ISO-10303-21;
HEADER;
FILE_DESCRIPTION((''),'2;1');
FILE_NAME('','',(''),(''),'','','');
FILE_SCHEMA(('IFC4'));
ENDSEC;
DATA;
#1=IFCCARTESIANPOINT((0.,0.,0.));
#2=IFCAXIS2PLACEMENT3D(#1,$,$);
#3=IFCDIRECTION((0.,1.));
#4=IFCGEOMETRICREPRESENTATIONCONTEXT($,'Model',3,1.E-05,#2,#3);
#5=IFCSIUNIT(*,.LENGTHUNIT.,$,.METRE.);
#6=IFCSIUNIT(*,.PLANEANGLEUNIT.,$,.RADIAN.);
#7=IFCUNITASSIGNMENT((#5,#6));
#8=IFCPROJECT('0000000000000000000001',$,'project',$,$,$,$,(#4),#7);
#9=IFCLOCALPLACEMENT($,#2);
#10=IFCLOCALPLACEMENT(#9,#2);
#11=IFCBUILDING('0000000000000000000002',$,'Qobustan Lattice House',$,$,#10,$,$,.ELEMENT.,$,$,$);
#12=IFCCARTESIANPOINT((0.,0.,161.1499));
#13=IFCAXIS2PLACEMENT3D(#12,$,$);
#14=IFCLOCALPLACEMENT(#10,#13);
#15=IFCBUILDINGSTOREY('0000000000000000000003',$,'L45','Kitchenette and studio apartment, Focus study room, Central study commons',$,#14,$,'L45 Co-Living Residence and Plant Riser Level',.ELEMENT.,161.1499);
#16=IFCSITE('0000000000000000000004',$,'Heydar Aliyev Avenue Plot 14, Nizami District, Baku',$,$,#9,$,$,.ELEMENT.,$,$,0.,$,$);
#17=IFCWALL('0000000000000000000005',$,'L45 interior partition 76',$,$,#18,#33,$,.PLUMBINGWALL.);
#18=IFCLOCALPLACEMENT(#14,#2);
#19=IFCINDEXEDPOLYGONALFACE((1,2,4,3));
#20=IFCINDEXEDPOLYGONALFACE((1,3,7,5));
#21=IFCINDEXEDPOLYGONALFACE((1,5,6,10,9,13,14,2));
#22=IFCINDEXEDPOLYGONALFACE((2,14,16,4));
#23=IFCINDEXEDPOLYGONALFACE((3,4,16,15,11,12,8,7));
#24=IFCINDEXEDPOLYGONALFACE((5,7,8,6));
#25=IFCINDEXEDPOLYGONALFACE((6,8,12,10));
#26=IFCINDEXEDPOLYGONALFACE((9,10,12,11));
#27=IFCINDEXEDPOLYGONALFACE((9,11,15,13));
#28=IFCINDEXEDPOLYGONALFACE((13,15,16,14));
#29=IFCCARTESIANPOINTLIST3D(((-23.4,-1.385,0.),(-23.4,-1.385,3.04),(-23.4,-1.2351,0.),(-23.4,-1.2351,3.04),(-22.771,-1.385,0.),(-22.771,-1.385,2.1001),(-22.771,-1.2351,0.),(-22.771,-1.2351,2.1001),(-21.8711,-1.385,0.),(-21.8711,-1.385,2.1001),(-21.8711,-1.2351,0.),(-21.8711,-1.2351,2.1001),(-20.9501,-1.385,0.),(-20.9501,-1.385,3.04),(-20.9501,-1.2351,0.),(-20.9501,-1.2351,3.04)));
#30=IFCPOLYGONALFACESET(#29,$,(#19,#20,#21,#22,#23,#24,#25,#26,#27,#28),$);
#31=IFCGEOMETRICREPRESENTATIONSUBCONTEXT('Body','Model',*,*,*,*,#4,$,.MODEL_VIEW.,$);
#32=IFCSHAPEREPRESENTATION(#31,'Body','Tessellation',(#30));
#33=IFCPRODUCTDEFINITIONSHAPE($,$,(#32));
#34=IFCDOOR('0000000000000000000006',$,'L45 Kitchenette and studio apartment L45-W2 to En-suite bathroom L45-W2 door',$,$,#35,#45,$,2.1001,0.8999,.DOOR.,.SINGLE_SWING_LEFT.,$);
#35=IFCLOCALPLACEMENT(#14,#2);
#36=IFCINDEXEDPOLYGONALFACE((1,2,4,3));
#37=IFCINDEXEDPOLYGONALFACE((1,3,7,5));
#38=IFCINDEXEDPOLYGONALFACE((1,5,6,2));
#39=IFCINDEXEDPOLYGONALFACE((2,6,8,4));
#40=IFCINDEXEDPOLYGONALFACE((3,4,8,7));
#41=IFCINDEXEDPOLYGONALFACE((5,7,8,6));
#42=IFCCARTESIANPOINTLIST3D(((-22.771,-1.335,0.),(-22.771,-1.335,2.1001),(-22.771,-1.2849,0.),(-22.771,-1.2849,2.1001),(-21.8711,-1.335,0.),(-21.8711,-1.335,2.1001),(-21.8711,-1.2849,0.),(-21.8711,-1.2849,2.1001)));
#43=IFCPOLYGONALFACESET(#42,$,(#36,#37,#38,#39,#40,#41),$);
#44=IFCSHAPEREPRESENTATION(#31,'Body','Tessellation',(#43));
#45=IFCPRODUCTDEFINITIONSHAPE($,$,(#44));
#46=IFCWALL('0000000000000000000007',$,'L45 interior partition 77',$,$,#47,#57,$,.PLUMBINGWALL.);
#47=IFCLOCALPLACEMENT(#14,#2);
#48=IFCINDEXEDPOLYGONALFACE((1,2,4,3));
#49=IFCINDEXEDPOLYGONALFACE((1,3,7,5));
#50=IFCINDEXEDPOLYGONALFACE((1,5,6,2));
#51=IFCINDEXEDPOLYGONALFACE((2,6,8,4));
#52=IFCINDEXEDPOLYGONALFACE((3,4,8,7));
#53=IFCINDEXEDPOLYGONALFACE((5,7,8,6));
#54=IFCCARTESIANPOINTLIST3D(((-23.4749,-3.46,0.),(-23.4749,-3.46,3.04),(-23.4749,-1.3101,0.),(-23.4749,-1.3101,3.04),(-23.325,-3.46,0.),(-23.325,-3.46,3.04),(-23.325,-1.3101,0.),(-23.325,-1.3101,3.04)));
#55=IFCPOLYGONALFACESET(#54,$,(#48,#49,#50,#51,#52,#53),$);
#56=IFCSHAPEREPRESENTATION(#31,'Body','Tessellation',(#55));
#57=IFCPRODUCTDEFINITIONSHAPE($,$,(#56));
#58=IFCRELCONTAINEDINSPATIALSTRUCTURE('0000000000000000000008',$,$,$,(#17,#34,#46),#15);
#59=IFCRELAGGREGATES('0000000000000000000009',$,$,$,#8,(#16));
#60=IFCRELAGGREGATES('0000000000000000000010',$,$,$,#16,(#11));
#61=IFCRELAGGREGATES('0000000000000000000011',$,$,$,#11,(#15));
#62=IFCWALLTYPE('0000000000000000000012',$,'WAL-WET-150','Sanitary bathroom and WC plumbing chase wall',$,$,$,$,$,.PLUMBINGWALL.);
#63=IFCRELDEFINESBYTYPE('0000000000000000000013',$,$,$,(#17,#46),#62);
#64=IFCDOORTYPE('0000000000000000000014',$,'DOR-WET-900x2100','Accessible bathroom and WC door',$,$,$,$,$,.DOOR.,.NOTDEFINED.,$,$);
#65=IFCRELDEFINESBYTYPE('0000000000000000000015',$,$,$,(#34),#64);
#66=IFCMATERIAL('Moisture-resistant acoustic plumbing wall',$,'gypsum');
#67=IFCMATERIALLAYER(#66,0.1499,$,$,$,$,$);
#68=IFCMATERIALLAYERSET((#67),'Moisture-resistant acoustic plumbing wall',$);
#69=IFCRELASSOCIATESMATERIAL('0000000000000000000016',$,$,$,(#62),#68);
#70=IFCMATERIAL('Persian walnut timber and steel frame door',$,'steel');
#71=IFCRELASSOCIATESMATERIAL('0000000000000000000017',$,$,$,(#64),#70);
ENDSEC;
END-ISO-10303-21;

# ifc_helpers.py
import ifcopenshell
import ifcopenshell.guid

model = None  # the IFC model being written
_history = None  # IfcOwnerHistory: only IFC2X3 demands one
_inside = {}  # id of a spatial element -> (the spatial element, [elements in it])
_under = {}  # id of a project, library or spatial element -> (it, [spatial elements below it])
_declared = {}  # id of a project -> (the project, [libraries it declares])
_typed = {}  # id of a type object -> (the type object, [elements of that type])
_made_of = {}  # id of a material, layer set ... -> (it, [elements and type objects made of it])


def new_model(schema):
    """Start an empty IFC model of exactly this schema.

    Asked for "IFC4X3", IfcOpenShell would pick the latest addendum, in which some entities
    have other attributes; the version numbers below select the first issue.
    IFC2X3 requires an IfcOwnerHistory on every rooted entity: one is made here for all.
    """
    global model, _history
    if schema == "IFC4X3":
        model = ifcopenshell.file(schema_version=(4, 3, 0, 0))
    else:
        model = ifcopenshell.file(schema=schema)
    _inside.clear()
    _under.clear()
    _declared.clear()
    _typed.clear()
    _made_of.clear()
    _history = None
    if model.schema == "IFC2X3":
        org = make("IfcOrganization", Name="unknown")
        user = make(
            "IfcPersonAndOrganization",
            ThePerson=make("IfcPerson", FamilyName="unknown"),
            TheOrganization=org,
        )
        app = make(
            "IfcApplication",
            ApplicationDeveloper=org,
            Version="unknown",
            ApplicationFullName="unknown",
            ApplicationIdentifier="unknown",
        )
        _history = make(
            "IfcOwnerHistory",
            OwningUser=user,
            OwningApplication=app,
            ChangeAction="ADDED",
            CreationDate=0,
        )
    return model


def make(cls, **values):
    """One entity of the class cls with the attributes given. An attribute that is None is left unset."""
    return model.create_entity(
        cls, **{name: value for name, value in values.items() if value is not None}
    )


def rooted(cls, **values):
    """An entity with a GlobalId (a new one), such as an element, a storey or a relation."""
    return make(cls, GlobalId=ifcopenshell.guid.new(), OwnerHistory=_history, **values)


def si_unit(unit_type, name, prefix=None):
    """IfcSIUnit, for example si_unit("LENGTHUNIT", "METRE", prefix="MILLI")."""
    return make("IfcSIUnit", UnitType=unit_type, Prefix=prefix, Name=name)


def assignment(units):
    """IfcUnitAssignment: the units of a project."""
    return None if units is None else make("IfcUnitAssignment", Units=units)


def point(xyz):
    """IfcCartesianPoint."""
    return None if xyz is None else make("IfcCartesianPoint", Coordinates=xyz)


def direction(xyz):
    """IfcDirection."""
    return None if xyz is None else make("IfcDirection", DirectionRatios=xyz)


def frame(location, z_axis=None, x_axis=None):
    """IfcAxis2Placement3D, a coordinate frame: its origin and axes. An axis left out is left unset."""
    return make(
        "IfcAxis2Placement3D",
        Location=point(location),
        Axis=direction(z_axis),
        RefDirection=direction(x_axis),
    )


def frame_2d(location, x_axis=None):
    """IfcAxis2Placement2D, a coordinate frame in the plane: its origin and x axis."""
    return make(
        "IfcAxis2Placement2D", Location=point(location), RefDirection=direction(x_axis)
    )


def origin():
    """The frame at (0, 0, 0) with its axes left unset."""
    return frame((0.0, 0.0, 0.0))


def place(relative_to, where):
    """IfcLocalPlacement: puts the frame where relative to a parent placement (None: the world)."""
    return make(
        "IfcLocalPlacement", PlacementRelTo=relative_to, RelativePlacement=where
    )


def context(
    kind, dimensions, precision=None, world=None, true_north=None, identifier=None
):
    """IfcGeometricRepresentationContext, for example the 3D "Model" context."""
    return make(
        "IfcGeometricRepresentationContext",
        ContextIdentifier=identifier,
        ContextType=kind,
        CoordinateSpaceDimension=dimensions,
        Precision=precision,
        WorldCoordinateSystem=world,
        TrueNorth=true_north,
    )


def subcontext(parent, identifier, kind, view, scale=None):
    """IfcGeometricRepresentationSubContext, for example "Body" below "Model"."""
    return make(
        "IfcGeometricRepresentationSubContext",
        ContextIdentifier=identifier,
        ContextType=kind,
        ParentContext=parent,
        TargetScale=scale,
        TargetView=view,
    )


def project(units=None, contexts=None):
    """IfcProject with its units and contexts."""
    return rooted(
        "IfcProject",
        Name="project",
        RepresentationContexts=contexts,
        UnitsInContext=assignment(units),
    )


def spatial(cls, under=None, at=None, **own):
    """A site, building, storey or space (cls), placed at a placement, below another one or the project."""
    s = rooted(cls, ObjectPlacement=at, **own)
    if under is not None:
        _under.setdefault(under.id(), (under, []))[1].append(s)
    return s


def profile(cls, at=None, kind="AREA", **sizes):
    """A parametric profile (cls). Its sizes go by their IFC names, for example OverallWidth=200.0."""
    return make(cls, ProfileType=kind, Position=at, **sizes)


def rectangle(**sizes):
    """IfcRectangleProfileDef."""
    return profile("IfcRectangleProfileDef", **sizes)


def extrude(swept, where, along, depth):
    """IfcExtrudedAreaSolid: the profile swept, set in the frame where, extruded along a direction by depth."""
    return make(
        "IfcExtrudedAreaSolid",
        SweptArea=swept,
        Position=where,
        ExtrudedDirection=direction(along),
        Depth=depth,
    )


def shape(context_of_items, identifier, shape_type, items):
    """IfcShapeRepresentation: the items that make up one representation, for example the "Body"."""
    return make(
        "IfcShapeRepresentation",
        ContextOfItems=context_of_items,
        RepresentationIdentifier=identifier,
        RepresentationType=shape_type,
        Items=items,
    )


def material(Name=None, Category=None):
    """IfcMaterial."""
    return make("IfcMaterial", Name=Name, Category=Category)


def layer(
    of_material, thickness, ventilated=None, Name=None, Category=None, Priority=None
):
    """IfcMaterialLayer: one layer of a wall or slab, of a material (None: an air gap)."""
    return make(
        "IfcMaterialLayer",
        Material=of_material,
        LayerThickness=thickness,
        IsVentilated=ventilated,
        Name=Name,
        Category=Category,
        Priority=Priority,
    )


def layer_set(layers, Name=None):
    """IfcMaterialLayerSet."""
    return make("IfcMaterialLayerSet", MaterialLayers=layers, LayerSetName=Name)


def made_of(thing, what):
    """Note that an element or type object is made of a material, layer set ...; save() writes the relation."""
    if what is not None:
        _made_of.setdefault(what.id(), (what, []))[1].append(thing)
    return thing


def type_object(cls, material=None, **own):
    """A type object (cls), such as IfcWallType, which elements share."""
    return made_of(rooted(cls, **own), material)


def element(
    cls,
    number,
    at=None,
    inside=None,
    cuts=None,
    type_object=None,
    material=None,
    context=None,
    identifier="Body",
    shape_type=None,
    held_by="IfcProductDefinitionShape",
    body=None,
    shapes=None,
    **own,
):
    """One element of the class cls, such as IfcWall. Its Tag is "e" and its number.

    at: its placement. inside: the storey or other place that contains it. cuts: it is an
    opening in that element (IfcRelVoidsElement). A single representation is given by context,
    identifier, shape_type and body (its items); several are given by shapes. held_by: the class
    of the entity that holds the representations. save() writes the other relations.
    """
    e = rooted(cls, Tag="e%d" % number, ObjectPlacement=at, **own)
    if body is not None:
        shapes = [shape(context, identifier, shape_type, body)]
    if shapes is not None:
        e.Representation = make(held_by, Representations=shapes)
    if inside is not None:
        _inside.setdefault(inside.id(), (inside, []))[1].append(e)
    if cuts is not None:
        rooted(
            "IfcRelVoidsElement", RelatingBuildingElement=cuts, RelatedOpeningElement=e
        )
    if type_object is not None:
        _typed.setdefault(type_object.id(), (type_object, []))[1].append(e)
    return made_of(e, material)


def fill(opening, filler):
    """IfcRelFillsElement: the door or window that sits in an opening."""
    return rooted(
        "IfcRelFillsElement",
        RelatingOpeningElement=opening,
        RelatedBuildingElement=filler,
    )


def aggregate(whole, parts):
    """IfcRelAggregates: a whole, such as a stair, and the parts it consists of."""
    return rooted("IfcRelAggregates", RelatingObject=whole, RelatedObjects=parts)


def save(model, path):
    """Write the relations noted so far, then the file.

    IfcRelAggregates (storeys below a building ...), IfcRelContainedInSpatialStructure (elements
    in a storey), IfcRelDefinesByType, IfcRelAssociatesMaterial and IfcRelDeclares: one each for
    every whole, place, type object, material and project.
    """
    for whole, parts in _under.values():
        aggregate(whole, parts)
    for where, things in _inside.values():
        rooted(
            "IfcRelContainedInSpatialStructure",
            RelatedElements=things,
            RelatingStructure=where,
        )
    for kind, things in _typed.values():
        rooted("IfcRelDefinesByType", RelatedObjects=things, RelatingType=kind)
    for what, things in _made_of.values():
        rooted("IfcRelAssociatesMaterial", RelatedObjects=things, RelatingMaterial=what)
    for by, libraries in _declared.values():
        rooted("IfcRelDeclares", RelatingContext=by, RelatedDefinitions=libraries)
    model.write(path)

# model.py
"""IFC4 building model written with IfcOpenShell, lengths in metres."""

from ifc_helpers import new_model, si_unit, direction, frame, frame_2d, origin, place, context, subcontext, project, spatial, rectangle, extrude, material, layer, layer_set, type_object, element, fill, save


model = new_model("IFC4")

# Units and contexts
model_context = context("Model", 3, precision=1e-05, world=origin(), true_north=direction((0.0, 1.0)))
body_context = subcontext(model_context, "Body", "Model", "MODEL_VIEW")
ifc_project = project(units=[si_unit("LENGTHUNIT", "METRE"), si_unit("PLANEANGLEUNIT", "RADIAN")], contexts=[model_context])

# Site, building, storey
site_placement = place(None, origin())
site = spatial("IfcSite", under=ifc_project, at=site_placement, Name="Heydar Aliyev Avenue Plot 14, Nizami District, Baku", CompositionType="ELEMENT", RefElevation=0.0)
building_placement = place(site_placement, origin())
building = spatial("IfcBuilding", under=site, at=building_placement, Name="Qobustan Lattice House", CompositionType="ELEMENT")
storey_placement = place(building_placement, frame((0.0, 0.0, 161.1499)))
storey = spatial("IfcBuildingStorey", under=building, at=storey_placement, Name="L45", Description="Kitchenette and studio apartment, Focus study room, Central study commons", LongName="L45 Co-Living Residence and Plant Riser Level", CompositionType="ELEMENT", Elevation=161.1499)

# Shared definitions
ifc_material_1 = material(Name="Moisture-resistant acoustic plumbing wall", Category="gypsum")
ifc_layer_1 = layer(ifc_material_1, 0.1499)
ifc_layer_set_1 = layer_set([ifc_layer_1], Name="Moisture-resistant acoustic plumbing wall")
wall_type_1 = type_object("IfcWallType", Name="WAL-WET-150", Description="Sanitary bathroom and WC plumbing chase wall", PredefinedType="PLUMBINGWALL", material=ifc_layer_set_1)

# Wall, opening, door
wall_1_placement = place(storey_placement, frame((-20.95, -1.3101, 0.0), z_axis=(0.0, 0.0, 1.0), x_axis=(-1.0, 0.0, 0.0)))
wall_1 = element("IfcWall", 1, at=wall_1_placement, inside=storey, type_object=wall_type_1, Name="L45 interior partition 76", PredefinedType="PLUMBINGWALL", context=body_context, shape_type="SweptSolid", body=[
    extrude(rectangle(XDim=2.45, YDim=0.1499, at=frame_2d((1.2251, 0.0))), origin(), (0.0, 0.0, 1.0), 3.04),
])
opening_1_placement = place(wall_1_placement, frame((0.9211, 0.0, 0.0)))
opening_1 = element("IfcOpeningElement", 2, at=opening_1_placement, cuts=wall_1, PredefinedType="OPENING", context=body_context, shape_type="SweptSolid", body=[
    extrude(rectangle(XDim=0.8999, YDim=2.1001, at=frame_2d((0.45, 1.05))), frame((0.0, 0.085, 0.0), z_axis=(0.0, -1.0, 0.0), x_axis=(1.0, 0.0, 0.0)), (0.0, 0.0, 1.0), 0.1699),
])
ifc_material_2 = material(Name="Persian walnut timber and steel frame door", Category="steel")
door_type_1 = type_object("IfcDoorType", Name="DOR-WET-900x2100", Description="Accessible bathroom and WC door", OperationType="NOTDEFINED", PredefinedType="DOOR", material=ifc_material_2)
door_1_placement = place(opening_1_placement, origin())
door_1 = element("IfcDoor", 3, at=door_1_placement, inside=storey, type_object=door_type_1, Name="L45 Kitchenette and studio apartment L45-W2 to En-suite bathroom L45-W2 door", OperationType="SINGLE_SWING_LEFT", OverallHeight=2.1001, OverallWidth=0.8999, PredefinedType="DOOR", context=body_context, shape_type="SweptSolid", body=[
    extrude(rectangle(XDim=0.8999, YDim=2.1001, at=frame_2d((0.45, 1.05))), frame((0.0, 0.0249, 0.0), z_axis=(0.0, -1.0, 0.0), x_axis=(1.0, 0.0, 0.0)), (0.0, 0.0, 1.0), 0.05),
])
fill(opening_1, door_1)

# Wall
wall_2_placement = place(storey_placement, frame((-23.3999, -1.3101, 0.0), z_axis=(0.0, 0.0, 1.0), x_axis=(0.0, -1.0, 0.0)))
element("IfcWall", 4, at=wall_2_placement, inside=storey, type_object=wall_type_1, Name="L45 interior partition 77", PredefinedType="PLUMBINGWALL", context=body_context, shape_type="SweptSolid", body=[
    extrude(rectangle(XDim=2.1499, YDim=0.1499, at=frame_2d((1.075, 0.0))), origin(), (0.0, 0.0, 1.0), 3.04),
])

save(model, "model.ifc")
